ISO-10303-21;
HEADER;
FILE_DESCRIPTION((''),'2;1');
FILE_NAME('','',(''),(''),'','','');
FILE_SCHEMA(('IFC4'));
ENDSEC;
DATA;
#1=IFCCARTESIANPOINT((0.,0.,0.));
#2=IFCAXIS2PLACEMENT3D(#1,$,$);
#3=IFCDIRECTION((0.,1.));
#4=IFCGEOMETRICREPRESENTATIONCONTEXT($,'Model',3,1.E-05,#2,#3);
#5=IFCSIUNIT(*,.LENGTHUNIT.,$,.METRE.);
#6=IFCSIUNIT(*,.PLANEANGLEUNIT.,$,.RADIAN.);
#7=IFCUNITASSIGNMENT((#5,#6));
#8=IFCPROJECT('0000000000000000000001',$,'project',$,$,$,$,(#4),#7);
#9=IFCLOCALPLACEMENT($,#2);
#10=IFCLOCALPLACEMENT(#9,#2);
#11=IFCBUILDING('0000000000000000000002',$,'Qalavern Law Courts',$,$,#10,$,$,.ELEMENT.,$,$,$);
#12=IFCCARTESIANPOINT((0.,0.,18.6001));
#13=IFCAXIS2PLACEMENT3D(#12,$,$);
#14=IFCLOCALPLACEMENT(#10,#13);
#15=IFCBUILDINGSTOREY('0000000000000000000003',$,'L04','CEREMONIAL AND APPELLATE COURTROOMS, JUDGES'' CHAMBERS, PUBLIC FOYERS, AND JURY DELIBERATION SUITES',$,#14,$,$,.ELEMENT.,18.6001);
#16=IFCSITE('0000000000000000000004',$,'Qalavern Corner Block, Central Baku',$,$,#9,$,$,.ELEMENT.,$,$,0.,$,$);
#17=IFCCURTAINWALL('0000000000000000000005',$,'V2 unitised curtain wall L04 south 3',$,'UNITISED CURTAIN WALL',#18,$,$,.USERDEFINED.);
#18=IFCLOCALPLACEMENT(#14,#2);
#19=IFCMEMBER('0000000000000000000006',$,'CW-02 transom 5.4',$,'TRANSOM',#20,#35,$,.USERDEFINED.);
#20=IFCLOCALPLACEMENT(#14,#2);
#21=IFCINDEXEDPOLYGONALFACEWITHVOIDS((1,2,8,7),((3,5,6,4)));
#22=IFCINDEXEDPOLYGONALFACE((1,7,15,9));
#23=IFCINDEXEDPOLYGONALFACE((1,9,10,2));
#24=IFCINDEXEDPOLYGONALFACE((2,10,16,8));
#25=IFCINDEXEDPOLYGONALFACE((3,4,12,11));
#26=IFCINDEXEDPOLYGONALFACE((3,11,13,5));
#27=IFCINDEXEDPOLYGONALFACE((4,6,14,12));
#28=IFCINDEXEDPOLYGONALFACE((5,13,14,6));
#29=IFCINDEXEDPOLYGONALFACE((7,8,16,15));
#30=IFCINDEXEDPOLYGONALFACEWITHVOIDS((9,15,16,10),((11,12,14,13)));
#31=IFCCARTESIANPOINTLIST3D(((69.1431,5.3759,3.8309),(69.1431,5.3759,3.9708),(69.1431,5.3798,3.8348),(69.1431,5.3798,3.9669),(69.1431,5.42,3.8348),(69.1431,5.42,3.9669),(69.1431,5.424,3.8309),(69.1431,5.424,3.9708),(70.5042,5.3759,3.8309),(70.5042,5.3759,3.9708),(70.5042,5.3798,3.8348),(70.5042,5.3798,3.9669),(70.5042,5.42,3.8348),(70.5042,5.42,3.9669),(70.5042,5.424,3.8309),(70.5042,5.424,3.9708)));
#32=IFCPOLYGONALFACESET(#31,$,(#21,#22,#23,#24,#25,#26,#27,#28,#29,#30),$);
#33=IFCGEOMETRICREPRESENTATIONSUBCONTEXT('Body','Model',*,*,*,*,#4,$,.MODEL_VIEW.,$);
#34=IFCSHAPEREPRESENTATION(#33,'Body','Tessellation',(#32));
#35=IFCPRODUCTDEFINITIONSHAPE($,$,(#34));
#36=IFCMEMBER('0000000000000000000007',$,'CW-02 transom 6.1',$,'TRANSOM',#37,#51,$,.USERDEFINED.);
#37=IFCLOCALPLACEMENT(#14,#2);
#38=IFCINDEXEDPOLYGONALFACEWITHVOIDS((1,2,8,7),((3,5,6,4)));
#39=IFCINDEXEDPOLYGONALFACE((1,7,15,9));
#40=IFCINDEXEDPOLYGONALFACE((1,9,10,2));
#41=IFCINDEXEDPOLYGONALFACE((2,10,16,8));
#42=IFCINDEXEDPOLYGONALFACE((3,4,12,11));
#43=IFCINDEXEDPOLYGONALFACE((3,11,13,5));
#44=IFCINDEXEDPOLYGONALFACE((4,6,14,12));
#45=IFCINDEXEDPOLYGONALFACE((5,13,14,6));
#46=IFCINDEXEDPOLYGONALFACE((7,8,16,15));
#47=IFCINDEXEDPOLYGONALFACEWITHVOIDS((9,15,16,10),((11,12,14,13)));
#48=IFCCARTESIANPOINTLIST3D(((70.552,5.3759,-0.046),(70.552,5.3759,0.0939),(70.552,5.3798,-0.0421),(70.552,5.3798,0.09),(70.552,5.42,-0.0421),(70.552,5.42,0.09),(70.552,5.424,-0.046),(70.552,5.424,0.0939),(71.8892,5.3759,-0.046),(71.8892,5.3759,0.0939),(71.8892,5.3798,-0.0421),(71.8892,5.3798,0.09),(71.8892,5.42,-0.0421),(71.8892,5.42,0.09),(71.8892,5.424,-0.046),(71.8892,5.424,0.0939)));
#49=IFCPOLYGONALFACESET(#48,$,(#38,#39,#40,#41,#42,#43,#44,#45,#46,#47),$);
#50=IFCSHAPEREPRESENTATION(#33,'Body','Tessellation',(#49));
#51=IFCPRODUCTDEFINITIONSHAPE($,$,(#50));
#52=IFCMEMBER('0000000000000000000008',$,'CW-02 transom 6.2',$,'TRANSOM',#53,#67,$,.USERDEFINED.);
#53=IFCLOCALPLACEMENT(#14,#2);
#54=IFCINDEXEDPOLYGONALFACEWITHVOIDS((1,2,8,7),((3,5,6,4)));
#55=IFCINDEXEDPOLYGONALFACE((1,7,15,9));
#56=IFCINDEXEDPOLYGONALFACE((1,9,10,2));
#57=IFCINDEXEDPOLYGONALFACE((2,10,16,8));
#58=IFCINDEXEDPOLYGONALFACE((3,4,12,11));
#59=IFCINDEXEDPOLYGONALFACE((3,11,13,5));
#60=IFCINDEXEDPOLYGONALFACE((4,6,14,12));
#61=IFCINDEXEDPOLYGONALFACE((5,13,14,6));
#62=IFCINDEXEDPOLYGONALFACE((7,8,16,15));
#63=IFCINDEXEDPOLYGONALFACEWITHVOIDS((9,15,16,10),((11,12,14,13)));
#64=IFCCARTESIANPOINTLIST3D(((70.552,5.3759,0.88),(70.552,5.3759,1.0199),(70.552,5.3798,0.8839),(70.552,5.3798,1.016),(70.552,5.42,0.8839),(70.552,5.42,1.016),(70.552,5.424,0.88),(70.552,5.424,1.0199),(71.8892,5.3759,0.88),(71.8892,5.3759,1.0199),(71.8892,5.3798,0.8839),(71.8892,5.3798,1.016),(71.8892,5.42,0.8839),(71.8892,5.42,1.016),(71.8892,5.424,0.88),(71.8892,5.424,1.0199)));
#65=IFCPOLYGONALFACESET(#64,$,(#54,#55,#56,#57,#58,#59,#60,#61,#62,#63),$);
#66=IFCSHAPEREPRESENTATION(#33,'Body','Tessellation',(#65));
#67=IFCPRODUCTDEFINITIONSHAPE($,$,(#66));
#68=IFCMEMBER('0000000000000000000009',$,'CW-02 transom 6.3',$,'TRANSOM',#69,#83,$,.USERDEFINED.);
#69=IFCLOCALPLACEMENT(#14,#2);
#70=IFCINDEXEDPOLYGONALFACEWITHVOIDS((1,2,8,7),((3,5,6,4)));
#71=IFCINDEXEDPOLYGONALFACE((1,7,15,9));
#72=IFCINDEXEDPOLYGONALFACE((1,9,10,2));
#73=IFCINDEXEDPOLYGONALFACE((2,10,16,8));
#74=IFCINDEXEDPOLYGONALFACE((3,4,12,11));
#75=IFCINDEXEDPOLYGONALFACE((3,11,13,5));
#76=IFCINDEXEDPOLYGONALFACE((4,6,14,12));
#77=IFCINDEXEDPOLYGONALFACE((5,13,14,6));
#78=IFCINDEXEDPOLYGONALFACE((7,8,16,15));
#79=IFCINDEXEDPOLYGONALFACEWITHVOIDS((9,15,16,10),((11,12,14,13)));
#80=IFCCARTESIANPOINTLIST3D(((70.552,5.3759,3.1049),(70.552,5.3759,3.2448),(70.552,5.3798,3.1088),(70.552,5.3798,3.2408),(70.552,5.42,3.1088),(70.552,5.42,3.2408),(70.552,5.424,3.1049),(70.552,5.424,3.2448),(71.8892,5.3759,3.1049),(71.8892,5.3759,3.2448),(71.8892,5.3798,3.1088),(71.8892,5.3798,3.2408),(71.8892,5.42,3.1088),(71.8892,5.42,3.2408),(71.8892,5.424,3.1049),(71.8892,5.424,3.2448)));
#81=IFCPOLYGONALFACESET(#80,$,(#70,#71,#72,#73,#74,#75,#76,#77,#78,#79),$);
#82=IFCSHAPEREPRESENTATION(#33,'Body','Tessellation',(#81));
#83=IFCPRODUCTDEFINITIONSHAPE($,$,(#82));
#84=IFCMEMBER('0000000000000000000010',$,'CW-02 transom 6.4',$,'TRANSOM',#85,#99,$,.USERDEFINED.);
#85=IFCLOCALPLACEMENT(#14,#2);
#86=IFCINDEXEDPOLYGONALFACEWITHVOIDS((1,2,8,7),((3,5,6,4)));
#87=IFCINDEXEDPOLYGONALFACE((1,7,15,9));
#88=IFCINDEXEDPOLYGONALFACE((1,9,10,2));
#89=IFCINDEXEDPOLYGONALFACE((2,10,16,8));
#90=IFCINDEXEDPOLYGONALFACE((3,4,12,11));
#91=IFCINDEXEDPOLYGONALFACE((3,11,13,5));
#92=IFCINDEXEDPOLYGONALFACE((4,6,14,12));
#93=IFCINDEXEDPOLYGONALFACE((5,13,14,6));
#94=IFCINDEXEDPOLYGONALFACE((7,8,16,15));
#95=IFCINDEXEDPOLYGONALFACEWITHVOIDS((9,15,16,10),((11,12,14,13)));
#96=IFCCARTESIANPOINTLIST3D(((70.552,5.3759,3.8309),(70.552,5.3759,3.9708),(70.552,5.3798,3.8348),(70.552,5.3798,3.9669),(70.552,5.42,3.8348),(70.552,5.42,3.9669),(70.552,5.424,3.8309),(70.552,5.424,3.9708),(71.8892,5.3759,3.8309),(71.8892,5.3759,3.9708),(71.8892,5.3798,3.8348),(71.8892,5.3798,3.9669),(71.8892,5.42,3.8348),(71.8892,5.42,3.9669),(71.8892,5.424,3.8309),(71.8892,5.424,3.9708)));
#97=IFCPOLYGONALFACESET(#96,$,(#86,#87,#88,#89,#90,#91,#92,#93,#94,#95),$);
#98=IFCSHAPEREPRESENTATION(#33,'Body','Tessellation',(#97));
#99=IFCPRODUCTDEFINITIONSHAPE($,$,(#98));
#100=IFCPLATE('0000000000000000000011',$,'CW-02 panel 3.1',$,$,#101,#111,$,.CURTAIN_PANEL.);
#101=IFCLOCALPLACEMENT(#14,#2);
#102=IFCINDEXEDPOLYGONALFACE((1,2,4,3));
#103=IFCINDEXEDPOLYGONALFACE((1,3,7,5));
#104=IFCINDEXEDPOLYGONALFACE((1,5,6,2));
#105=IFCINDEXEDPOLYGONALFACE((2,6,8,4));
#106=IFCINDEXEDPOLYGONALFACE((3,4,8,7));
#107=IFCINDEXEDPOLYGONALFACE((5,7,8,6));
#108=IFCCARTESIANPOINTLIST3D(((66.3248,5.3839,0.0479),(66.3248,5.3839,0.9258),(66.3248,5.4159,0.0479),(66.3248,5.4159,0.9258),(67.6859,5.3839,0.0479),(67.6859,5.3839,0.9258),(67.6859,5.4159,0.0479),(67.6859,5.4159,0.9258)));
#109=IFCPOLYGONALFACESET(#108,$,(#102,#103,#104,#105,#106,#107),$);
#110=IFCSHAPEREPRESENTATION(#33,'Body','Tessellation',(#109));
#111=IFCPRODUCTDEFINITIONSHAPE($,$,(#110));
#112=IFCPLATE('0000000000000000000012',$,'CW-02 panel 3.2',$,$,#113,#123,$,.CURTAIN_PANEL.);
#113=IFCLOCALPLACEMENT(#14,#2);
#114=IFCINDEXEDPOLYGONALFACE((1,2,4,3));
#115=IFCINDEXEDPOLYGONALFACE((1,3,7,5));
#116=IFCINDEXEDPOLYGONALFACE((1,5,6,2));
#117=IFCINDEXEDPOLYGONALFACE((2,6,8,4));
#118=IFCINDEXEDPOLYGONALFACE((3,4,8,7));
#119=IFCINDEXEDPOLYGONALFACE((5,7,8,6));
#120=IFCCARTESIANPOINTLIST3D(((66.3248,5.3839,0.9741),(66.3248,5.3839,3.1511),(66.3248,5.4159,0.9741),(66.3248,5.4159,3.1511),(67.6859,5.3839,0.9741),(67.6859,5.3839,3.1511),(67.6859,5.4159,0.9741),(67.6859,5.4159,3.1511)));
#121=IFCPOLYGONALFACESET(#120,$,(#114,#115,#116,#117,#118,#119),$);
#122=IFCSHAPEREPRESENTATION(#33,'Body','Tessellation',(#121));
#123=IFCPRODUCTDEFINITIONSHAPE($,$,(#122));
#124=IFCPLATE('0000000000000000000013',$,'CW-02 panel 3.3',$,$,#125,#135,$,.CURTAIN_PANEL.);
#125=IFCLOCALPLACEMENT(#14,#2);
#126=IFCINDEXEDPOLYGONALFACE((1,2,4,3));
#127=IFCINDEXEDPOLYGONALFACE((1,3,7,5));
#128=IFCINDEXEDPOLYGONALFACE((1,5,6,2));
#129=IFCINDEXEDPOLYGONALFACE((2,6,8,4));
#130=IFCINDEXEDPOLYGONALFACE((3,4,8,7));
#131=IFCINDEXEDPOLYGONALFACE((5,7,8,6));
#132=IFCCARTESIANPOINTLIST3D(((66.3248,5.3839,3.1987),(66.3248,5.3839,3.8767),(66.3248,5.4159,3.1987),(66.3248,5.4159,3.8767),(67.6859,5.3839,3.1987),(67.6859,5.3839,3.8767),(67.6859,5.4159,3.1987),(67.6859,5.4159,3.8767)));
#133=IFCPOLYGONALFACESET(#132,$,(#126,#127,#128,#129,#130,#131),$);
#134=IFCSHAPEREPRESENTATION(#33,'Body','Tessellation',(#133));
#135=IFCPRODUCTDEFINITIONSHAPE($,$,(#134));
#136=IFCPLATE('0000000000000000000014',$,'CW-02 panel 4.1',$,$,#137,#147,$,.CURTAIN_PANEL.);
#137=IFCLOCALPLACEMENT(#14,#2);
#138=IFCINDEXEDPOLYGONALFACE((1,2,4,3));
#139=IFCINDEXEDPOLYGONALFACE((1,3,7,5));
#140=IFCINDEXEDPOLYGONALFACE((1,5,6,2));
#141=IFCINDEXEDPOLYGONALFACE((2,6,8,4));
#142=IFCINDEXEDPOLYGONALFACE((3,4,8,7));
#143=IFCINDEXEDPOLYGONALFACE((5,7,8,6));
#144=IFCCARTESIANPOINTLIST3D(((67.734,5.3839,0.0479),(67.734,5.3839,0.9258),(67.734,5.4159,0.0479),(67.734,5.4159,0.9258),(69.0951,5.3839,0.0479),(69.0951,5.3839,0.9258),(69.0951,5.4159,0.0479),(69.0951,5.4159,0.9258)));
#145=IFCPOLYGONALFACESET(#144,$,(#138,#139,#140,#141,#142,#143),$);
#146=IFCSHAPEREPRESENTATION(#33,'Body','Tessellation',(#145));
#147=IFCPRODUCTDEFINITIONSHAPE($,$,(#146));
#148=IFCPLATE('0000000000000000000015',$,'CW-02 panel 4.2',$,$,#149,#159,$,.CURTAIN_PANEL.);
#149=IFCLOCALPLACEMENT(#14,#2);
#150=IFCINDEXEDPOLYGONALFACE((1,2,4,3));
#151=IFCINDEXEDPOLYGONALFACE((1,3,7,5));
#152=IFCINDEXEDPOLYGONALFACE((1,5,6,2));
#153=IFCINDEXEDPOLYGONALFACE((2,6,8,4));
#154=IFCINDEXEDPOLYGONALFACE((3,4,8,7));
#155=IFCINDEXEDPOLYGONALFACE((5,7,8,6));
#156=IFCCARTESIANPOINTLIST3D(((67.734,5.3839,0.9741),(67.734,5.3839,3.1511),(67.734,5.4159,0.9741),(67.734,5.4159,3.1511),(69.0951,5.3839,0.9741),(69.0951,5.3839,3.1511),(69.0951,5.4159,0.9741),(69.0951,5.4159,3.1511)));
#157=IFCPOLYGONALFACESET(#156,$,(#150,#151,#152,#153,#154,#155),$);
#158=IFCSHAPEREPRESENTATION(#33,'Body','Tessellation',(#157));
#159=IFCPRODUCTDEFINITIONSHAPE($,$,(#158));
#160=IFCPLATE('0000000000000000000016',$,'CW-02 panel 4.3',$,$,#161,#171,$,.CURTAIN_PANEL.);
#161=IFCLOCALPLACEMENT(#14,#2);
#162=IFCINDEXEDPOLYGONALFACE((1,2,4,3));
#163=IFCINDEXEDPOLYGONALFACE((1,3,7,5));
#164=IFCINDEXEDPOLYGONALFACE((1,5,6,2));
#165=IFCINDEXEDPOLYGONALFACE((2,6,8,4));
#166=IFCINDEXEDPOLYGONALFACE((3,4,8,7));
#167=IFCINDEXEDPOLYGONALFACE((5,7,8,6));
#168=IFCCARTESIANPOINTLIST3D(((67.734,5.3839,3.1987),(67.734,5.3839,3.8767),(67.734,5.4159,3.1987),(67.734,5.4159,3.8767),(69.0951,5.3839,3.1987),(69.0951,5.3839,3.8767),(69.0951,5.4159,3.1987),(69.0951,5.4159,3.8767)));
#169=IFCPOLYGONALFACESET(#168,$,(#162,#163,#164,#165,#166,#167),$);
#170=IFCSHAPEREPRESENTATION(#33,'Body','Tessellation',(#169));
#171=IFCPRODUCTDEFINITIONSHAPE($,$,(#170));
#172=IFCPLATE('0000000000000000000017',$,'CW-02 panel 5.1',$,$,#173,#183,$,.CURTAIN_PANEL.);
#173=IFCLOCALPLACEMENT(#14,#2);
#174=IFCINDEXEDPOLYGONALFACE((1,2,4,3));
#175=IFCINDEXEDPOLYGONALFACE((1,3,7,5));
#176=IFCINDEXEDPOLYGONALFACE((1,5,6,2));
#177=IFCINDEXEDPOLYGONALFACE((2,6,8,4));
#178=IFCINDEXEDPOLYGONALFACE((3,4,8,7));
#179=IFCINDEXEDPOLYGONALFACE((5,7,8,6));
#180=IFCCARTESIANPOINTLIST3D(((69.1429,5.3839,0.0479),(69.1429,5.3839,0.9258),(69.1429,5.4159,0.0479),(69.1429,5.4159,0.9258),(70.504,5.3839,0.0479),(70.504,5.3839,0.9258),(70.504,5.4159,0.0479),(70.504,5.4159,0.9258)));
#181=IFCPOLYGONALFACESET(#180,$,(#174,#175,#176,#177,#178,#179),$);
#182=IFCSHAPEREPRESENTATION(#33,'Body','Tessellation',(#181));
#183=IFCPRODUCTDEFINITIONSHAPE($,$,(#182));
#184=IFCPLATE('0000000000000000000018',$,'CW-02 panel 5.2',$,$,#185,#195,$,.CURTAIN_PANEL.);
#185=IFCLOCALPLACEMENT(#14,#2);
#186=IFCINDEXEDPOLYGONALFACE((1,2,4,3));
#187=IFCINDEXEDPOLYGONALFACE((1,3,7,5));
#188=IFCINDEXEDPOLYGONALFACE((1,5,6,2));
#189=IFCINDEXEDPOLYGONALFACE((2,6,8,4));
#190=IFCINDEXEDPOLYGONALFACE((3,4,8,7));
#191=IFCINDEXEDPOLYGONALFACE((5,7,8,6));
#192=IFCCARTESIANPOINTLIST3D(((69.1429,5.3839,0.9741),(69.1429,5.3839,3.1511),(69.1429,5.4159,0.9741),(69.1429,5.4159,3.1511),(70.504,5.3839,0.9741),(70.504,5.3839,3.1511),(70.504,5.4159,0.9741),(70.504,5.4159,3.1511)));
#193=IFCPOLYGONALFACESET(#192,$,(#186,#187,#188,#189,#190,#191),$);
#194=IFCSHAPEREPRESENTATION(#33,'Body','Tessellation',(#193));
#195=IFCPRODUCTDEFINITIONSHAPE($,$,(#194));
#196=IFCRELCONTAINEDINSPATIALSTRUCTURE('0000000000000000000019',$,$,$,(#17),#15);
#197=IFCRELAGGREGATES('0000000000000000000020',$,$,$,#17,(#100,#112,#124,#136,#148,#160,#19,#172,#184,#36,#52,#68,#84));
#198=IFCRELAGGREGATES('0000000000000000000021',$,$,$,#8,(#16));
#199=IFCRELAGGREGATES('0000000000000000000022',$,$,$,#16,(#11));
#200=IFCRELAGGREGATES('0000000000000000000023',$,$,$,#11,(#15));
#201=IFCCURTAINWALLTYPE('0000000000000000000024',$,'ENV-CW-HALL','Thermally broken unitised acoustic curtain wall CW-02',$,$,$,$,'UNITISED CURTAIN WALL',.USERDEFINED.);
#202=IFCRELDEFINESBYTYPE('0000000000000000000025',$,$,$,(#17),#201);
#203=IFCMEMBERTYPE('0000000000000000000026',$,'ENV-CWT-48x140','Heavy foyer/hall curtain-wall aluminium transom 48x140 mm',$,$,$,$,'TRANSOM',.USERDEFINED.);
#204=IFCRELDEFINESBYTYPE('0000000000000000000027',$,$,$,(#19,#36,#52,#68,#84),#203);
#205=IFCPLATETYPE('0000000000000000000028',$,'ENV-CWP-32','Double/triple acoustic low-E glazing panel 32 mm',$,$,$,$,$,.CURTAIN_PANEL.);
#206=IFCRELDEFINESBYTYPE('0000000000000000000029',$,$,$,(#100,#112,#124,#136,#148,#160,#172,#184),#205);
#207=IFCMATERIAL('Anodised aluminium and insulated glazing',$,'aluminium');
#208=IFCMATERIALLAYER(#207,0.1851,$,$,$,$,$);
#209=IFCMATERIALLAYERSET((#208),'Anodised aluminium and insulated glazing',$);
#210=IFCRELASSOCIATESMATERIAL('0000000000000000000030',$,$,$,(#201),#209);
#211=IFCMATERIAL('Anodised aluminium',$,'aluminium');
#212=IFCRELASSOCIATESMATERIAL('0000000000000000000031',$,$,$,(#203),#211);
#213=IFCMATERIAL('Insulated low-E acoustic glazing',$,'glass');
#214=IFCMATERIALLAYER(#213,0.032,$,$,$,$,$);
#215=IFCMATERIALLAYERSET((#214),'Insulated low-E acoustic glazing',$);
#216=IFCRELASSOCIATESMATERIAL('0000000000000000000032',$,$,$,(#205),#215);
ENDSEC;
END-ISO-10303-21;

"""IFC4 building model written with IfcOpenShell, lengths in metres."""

from ifc_helpers import new_model, si_unit, direction, frame, origin, origin_2d, place, context, subcontext, project, spatial, rectangle, hollow_rectangle, extrude, material, layer, layer_set, material_profile, profile_set, type_object, element, aggregate, save


model = new_model("IFC4")

# Units and contexts
model_context = context("Model", 3, precision=1e-05, world=origin(), true_north=direction((0.0, 1.0)))
body_context = subcontext(model_context, "Body", "Model", "MODEL_VIEW")
ifc_project = project(units=[si_unit("LENGTHUNIT", "METRE"), si_unit("PLANEANGLEUNIT", "RADIAN")], contexts=[model_context])

# Site, building, storey
site_placement = place(None, origin())
site = spatial("IfcSite", under=ifc_project, at=site_placement, Name="Qalavern Corner Block, Central Baku", CompositionType="ELEMENT", RefElevation=0.0)
building_placement = place(site_placement, origin())
building = spatial("IfcBuilding", under=site, at=building_placement, Name="Qalavern Law Courts", CompositionType="ELEMENT")
storey_placement = place(building_placement, frame((0.0, 0.0, 18.6001)))
storey = spatial("IfcBuildingStorey", under=building, at=storey_placement, Name="L04", Description="CEREMONIAL AND APPELLATE COURTROOMS, JUDGES' CHAMBERS, PUBLIC FOYERS, AND JURY DELIBERATION SUITES", CompositionType="ELEMENT", Elevation=18.6001)

# Curtain wall, members, plates
ifc_material_1 = material(Name="Anodised aluminium and insulated glazing", Category="aluminium")
ifc_layer_1 = layer(ifc_material_1, 0.1851)
ifc_layer_set_1 = layer_set([ifc_layer_1], Name="Anodised aluminium and insulated glazing")
curtain_wall_type = type_object("IfcCurtainWallType", Name="ENV-CW-HALL", Description="Thermally broken unitised acoustic curtain wall CW-02", ElementType="UNITISED CURTAIN WALL", PredefinedType="USERDEFINED", material=ifc_layer_set_1)
curtain_wall_placement = place(storey_placement, origin())
curtain_wall = element("IfcCurtainWall", 1, at=curtain_wall_placement, inside=storey, type_object=curtain_wall_type, Name="V2 unitised curtain wall L04 south 3", ObjectType="UNITISED CURTAIN WALL", PredefinedType="USERDEFINED")
ifc_material_2 = material(Name="Anodised aluminium", Category="aluminium")
ifc_material_profile_1 = material_profile(ifc_material_2, hollow_rectangle(XDim=0.0481, YDim=0.1399, WallThickness=0.0039, at=origin_2d()), Name="ALU TRANSOM 48x140")
ifc_profile_set_1 = profile_set([ifc_material_profile_1], Name="Anodised aluminium")
member_type_1 = type_object("IfcMemberType", Name="ENV-CWT-48x140", Description="Heavy foyer/hall curtain-wall aluminium transom 48x140 mm", ElementType="TRANSOM", PredefinedType="USERDEFINED", material=ifc_profile_set_1)
member_1_placement = place(storey_placement, frame((69.1431, 5.3999, 3.9009), z_axis=(1.0, 0.0, 0.0), x_axis=(0.0, 1.0, 0.0)))
member_1 = element("IfcMember", 2, at=member_1_placement, type_object=member_type_1, Name="CW-02 transom 5.4", ObjectType="TRANSOM", PredefinedType="USERDEFINED", context=body_context, shape_type="SweptSolid", body=[
    extrude(hollow_rectangle(XDim=0.0481, YDim=0.1399, WallThickness=0.0039, at=origin_2d()), origin(), (0.0, 0.0, 1.0), 1.3611),
])
member_2_placement = place(storey_placement, frame((70.552, 5.3999, 0.0239), z_axis=(1.0, 0.0, 0.0), x_axis=(0.0, 1.0, 0.0)))
member_2 = element("IfcMember", 3, at=member_2_placement, type_object=member_type_1, Name="CW-02 transom 6.1", ObjectType="TRANSOM", PredefinedType="USERDEFINED", context=body_context, shape_type="SweptSolid", body=[
    extrude(hollow_rectangle(XDim=0.0481, YDim=0.1399, WallThickness=0.0039, at=origin_2d()), origin(), (0.0, 0.0, 1.0), 1.3372),
])
member_3_placement = place(storey_placement, frame((70.552, 5.3999, 0.95), z_axis=(1.0, 0.0, 0.0), x_axis=(0.0, 1.0, 0.0)))
member_3 = element("IfcMember", 4, at=member_3_placement, type_object=member_type_1, Name="CW-02 transom 6.2", ObjectType="TRANSOM", PredefinedType="USERDEFINED", context=body_context, shape_type="SweptSolid", body=[
    extrude(hollow_rectangle(XDim=0.0481, YDim=0.1399, WallThickness=0.0039, at=origin_2d()), origin(), (0.0, 0.0, 1.0), 1.3372),
])
member_4_placement = place(storey_placement, frame((70.552, 5.3999, 3.1748), z_axis=(1.0, 0.0, 0.0), x_axis=(0.0, 1.0, 0.0)))
member_4 = element("IfcMember", 5, at=member_4_placement, type_object=member_type_1, Name="CW-02 transom 6.3", ObjectType="TRANSOM", PredefinedType="USERDEFINED", context=body_context, shape_type="SweptSolid", body=[
    extrude(hollow_rectangle(XDim=0.0481, YDim=0.1399, WallThickness=0.0039, at=origin_2d()), origin(), (0.0, 0.0, 1.0), 1.3372),
])
member_5_placement = place(storey_placement, frame((70.552, 5.3999, 3.9009), z_axis=(1.0, 0.0, 0.0), x_axis=(0.0, 1.0, 0.0)))
member_5 = element("IfcMember", 6, at=member_5_placement, type_object=member_type_1, Name="CW-02 transom 6.4", ObjectType="TRANSOM", PredefinedType="USERDEFINED", context=body_context, shape_type="SweptSolid", body=[
    extrude(hollow_rectangle(XDim=0.0481, YDim=0.1399, WallThickness=0.0039, at=origin_2d()), origin(), (0.0, 0.0, 1.0), 1.3372),
])
ifc_material_3 = material(Name="Insulated low-E acoustic glazing", Category="glass")
ifc_layer_2 = layer(ifc_material_3, 0.032)
ifc_layer_set_2 = layer_set([ifc_layer_2], Name="Insulated low-E acoustic glazing")
plate_type = type_object("IfcPlateType", Name="ENV-CWP-32", Description="Double/triple acoustic low-E glazing panel 32 mm", PredefinedType="CURTAIN_PANEL", material=ifc_layer_set_2)
plate_1_placement = place(storey_placement, frame((67.0054, 5.3999, 0.0479), z_axis=(0.0, 0.0, 1.0), x_axis=(1.0, 0.0, 0.0)))
plate_1 = element("IfcPlate", 7, at=plate_1_placement, type_object=plate_type, Name="CW-02 panel 3.1", PredefinedType="CURTAIN_PANEL", context=body_context, shape_type="SweptSolid", body=[
    extrude(rectangle(XDim=1.3611, YDim=0.032, at=origin_2d()), origin(), (0.0, 0.0, 1.0), 0.8779),
])
plate_2_placement = place(storey_placement, frame((67.0054, 5.3999, 0.9741), z_axis=(0.0, 0.0, 1.0), x_axis=(1.0, 0.0, 0.0)))
plate_2 = element("IfcPlate", 8, at=plate_2_placement, type_object=plate_type, Name="CW-02 panel 3.2", PredefinedType="CURTAIN_PANEL", context=body_context, shape_type="SweptSolid", body=[
    extrude(rectangle(XDim=1.3611, YDim=0.032, at=origin_2d()), origin(), (0.0, 0.0, 1.0), 2.177),
])
plate_3_placement = place(storey_placement, frame((67.0054, 5.3999, 3.1987), z_axis=(0.0, 0.0, 1.0), x_axis=(1.0, 0.0, 0.0)))
plate_3 = element("IfcPlate", 9, at=plate_3_placement, type_object=plate_type, Name="CW-02 panel 3.3", PredefinedType="CURTAIN_PANEL", context=body_context, shape_type="SweptSolid", body=[
    extrude(rectangle(XDim=1.3611, YDim=0.032, at=origin_2d()), origin(), (0.0, 0.0, 1.0), 0.678),
])
plate_4_placement = place(storey_placement, frame((68.4146, 5.3999, 0.0479), z_axis=(0.0, 0.0, 1.0), x_axis=(1.0, 0.0, 0.0)))
plate_4 = element("IfcPlate", 10, at=plate_4_placement, type_object=plate_type, Name="CW-02 panel 4.1", PredefinedType="CURTAIN_PANEL", context=body_context, shape_type="SweptSolid", body=[
    extrude(rectangle(XDim=1.3611, YDim=0.032, at=origin_2d()), origin(), (0.0, 0.0, 1.0), 0.8779),
])
plate_5_placement = place(storey_placement, frame((68.4146, 5.3999, 0.9741), z_axis=(0.0, 0.0, 1.0), x_axis=(1.0, 0.0, 0.0)))
plate_5 = element("IfcPlate", 11, at=plate_5_placement, type_object=plate_type, Name="CW-02 panel 4.2", PredefinedType="CURTAIN_PANEL", context=body_context, shape_type="SweptSolid", body=[
    extrude(rectangle(XDim=1.3611, YDim=0.032, at=origin_2d()), origin(), (0.0, 0.0, 1.0), 2.177),
])
plate_6_placement = place(storey_placement, frame((68.4146, 5.3999, 3.1987), z_axis=(0.0, 0.0, 1.0), x_axis=(1.0, 0.0, 0.0)))
plate_6 = element("IfcPlate", 12, at=plate_6_placement, type_object=plate_type, Name="CW-02 panel 4.3", PredefinedType="CURTAIN_PANEL", context=body_context, shape_type="SweptSolid", body=[
    extrude(rectangle(XDim=1.3611, YDim=0.032, at=origin_2d()), origin(), (0.0, 0.0, 1.0), 0.678),
])
plate_7_placement = place(storey_placement, frame((69.8235, 5.3999, 0.0479), z_axis=(0.0, 0.0, 1.0), x_axis=(1.0, 0.0, 0.0)))
plate_7 = element("IfcPlate", 13, at=plate_7_placement, type_object=plate_type, Name="CW-02 panel 5.1", PredefinedType="CURTAIN_PANEL", context=body_context, shape_type="SweptSolid", body=[
    extrude(rectangle(XDim=1.3611, YDim=0.032, at=origin_2d()), origin(), (0.0, 0.0, 1.0), 0.8779),
])
plate_8_placement = place(storey_placement, frame((69.8235, 5.3999, 0.9741), z_axis=(0.0, 0.0, 1.0), x_axis=(1.0, 0.0, 0.0)))
plate_8 = element("IfcPlate", 14, at=plate_8_placement, type_object=plate_type, Name="CW-02 panel 5.2", PredefinedType="CURTAIN_PANEL", context=body_context, shape_type="SweptSolid", body=[
    extrude(rectangle(XDim=1.3611, YDim=0.032, at=origin_2d()), origin(), (0.0, 0.0, 1.0), 2.177),
])
aggregate(curtain_wall, [plate_1, plate_2, plate_3, plate_4, plate_5, plate_6, member_1, plate_7, plate_8, member_2, member_3, member_4, member_5])

save(model, "model.ifc")
